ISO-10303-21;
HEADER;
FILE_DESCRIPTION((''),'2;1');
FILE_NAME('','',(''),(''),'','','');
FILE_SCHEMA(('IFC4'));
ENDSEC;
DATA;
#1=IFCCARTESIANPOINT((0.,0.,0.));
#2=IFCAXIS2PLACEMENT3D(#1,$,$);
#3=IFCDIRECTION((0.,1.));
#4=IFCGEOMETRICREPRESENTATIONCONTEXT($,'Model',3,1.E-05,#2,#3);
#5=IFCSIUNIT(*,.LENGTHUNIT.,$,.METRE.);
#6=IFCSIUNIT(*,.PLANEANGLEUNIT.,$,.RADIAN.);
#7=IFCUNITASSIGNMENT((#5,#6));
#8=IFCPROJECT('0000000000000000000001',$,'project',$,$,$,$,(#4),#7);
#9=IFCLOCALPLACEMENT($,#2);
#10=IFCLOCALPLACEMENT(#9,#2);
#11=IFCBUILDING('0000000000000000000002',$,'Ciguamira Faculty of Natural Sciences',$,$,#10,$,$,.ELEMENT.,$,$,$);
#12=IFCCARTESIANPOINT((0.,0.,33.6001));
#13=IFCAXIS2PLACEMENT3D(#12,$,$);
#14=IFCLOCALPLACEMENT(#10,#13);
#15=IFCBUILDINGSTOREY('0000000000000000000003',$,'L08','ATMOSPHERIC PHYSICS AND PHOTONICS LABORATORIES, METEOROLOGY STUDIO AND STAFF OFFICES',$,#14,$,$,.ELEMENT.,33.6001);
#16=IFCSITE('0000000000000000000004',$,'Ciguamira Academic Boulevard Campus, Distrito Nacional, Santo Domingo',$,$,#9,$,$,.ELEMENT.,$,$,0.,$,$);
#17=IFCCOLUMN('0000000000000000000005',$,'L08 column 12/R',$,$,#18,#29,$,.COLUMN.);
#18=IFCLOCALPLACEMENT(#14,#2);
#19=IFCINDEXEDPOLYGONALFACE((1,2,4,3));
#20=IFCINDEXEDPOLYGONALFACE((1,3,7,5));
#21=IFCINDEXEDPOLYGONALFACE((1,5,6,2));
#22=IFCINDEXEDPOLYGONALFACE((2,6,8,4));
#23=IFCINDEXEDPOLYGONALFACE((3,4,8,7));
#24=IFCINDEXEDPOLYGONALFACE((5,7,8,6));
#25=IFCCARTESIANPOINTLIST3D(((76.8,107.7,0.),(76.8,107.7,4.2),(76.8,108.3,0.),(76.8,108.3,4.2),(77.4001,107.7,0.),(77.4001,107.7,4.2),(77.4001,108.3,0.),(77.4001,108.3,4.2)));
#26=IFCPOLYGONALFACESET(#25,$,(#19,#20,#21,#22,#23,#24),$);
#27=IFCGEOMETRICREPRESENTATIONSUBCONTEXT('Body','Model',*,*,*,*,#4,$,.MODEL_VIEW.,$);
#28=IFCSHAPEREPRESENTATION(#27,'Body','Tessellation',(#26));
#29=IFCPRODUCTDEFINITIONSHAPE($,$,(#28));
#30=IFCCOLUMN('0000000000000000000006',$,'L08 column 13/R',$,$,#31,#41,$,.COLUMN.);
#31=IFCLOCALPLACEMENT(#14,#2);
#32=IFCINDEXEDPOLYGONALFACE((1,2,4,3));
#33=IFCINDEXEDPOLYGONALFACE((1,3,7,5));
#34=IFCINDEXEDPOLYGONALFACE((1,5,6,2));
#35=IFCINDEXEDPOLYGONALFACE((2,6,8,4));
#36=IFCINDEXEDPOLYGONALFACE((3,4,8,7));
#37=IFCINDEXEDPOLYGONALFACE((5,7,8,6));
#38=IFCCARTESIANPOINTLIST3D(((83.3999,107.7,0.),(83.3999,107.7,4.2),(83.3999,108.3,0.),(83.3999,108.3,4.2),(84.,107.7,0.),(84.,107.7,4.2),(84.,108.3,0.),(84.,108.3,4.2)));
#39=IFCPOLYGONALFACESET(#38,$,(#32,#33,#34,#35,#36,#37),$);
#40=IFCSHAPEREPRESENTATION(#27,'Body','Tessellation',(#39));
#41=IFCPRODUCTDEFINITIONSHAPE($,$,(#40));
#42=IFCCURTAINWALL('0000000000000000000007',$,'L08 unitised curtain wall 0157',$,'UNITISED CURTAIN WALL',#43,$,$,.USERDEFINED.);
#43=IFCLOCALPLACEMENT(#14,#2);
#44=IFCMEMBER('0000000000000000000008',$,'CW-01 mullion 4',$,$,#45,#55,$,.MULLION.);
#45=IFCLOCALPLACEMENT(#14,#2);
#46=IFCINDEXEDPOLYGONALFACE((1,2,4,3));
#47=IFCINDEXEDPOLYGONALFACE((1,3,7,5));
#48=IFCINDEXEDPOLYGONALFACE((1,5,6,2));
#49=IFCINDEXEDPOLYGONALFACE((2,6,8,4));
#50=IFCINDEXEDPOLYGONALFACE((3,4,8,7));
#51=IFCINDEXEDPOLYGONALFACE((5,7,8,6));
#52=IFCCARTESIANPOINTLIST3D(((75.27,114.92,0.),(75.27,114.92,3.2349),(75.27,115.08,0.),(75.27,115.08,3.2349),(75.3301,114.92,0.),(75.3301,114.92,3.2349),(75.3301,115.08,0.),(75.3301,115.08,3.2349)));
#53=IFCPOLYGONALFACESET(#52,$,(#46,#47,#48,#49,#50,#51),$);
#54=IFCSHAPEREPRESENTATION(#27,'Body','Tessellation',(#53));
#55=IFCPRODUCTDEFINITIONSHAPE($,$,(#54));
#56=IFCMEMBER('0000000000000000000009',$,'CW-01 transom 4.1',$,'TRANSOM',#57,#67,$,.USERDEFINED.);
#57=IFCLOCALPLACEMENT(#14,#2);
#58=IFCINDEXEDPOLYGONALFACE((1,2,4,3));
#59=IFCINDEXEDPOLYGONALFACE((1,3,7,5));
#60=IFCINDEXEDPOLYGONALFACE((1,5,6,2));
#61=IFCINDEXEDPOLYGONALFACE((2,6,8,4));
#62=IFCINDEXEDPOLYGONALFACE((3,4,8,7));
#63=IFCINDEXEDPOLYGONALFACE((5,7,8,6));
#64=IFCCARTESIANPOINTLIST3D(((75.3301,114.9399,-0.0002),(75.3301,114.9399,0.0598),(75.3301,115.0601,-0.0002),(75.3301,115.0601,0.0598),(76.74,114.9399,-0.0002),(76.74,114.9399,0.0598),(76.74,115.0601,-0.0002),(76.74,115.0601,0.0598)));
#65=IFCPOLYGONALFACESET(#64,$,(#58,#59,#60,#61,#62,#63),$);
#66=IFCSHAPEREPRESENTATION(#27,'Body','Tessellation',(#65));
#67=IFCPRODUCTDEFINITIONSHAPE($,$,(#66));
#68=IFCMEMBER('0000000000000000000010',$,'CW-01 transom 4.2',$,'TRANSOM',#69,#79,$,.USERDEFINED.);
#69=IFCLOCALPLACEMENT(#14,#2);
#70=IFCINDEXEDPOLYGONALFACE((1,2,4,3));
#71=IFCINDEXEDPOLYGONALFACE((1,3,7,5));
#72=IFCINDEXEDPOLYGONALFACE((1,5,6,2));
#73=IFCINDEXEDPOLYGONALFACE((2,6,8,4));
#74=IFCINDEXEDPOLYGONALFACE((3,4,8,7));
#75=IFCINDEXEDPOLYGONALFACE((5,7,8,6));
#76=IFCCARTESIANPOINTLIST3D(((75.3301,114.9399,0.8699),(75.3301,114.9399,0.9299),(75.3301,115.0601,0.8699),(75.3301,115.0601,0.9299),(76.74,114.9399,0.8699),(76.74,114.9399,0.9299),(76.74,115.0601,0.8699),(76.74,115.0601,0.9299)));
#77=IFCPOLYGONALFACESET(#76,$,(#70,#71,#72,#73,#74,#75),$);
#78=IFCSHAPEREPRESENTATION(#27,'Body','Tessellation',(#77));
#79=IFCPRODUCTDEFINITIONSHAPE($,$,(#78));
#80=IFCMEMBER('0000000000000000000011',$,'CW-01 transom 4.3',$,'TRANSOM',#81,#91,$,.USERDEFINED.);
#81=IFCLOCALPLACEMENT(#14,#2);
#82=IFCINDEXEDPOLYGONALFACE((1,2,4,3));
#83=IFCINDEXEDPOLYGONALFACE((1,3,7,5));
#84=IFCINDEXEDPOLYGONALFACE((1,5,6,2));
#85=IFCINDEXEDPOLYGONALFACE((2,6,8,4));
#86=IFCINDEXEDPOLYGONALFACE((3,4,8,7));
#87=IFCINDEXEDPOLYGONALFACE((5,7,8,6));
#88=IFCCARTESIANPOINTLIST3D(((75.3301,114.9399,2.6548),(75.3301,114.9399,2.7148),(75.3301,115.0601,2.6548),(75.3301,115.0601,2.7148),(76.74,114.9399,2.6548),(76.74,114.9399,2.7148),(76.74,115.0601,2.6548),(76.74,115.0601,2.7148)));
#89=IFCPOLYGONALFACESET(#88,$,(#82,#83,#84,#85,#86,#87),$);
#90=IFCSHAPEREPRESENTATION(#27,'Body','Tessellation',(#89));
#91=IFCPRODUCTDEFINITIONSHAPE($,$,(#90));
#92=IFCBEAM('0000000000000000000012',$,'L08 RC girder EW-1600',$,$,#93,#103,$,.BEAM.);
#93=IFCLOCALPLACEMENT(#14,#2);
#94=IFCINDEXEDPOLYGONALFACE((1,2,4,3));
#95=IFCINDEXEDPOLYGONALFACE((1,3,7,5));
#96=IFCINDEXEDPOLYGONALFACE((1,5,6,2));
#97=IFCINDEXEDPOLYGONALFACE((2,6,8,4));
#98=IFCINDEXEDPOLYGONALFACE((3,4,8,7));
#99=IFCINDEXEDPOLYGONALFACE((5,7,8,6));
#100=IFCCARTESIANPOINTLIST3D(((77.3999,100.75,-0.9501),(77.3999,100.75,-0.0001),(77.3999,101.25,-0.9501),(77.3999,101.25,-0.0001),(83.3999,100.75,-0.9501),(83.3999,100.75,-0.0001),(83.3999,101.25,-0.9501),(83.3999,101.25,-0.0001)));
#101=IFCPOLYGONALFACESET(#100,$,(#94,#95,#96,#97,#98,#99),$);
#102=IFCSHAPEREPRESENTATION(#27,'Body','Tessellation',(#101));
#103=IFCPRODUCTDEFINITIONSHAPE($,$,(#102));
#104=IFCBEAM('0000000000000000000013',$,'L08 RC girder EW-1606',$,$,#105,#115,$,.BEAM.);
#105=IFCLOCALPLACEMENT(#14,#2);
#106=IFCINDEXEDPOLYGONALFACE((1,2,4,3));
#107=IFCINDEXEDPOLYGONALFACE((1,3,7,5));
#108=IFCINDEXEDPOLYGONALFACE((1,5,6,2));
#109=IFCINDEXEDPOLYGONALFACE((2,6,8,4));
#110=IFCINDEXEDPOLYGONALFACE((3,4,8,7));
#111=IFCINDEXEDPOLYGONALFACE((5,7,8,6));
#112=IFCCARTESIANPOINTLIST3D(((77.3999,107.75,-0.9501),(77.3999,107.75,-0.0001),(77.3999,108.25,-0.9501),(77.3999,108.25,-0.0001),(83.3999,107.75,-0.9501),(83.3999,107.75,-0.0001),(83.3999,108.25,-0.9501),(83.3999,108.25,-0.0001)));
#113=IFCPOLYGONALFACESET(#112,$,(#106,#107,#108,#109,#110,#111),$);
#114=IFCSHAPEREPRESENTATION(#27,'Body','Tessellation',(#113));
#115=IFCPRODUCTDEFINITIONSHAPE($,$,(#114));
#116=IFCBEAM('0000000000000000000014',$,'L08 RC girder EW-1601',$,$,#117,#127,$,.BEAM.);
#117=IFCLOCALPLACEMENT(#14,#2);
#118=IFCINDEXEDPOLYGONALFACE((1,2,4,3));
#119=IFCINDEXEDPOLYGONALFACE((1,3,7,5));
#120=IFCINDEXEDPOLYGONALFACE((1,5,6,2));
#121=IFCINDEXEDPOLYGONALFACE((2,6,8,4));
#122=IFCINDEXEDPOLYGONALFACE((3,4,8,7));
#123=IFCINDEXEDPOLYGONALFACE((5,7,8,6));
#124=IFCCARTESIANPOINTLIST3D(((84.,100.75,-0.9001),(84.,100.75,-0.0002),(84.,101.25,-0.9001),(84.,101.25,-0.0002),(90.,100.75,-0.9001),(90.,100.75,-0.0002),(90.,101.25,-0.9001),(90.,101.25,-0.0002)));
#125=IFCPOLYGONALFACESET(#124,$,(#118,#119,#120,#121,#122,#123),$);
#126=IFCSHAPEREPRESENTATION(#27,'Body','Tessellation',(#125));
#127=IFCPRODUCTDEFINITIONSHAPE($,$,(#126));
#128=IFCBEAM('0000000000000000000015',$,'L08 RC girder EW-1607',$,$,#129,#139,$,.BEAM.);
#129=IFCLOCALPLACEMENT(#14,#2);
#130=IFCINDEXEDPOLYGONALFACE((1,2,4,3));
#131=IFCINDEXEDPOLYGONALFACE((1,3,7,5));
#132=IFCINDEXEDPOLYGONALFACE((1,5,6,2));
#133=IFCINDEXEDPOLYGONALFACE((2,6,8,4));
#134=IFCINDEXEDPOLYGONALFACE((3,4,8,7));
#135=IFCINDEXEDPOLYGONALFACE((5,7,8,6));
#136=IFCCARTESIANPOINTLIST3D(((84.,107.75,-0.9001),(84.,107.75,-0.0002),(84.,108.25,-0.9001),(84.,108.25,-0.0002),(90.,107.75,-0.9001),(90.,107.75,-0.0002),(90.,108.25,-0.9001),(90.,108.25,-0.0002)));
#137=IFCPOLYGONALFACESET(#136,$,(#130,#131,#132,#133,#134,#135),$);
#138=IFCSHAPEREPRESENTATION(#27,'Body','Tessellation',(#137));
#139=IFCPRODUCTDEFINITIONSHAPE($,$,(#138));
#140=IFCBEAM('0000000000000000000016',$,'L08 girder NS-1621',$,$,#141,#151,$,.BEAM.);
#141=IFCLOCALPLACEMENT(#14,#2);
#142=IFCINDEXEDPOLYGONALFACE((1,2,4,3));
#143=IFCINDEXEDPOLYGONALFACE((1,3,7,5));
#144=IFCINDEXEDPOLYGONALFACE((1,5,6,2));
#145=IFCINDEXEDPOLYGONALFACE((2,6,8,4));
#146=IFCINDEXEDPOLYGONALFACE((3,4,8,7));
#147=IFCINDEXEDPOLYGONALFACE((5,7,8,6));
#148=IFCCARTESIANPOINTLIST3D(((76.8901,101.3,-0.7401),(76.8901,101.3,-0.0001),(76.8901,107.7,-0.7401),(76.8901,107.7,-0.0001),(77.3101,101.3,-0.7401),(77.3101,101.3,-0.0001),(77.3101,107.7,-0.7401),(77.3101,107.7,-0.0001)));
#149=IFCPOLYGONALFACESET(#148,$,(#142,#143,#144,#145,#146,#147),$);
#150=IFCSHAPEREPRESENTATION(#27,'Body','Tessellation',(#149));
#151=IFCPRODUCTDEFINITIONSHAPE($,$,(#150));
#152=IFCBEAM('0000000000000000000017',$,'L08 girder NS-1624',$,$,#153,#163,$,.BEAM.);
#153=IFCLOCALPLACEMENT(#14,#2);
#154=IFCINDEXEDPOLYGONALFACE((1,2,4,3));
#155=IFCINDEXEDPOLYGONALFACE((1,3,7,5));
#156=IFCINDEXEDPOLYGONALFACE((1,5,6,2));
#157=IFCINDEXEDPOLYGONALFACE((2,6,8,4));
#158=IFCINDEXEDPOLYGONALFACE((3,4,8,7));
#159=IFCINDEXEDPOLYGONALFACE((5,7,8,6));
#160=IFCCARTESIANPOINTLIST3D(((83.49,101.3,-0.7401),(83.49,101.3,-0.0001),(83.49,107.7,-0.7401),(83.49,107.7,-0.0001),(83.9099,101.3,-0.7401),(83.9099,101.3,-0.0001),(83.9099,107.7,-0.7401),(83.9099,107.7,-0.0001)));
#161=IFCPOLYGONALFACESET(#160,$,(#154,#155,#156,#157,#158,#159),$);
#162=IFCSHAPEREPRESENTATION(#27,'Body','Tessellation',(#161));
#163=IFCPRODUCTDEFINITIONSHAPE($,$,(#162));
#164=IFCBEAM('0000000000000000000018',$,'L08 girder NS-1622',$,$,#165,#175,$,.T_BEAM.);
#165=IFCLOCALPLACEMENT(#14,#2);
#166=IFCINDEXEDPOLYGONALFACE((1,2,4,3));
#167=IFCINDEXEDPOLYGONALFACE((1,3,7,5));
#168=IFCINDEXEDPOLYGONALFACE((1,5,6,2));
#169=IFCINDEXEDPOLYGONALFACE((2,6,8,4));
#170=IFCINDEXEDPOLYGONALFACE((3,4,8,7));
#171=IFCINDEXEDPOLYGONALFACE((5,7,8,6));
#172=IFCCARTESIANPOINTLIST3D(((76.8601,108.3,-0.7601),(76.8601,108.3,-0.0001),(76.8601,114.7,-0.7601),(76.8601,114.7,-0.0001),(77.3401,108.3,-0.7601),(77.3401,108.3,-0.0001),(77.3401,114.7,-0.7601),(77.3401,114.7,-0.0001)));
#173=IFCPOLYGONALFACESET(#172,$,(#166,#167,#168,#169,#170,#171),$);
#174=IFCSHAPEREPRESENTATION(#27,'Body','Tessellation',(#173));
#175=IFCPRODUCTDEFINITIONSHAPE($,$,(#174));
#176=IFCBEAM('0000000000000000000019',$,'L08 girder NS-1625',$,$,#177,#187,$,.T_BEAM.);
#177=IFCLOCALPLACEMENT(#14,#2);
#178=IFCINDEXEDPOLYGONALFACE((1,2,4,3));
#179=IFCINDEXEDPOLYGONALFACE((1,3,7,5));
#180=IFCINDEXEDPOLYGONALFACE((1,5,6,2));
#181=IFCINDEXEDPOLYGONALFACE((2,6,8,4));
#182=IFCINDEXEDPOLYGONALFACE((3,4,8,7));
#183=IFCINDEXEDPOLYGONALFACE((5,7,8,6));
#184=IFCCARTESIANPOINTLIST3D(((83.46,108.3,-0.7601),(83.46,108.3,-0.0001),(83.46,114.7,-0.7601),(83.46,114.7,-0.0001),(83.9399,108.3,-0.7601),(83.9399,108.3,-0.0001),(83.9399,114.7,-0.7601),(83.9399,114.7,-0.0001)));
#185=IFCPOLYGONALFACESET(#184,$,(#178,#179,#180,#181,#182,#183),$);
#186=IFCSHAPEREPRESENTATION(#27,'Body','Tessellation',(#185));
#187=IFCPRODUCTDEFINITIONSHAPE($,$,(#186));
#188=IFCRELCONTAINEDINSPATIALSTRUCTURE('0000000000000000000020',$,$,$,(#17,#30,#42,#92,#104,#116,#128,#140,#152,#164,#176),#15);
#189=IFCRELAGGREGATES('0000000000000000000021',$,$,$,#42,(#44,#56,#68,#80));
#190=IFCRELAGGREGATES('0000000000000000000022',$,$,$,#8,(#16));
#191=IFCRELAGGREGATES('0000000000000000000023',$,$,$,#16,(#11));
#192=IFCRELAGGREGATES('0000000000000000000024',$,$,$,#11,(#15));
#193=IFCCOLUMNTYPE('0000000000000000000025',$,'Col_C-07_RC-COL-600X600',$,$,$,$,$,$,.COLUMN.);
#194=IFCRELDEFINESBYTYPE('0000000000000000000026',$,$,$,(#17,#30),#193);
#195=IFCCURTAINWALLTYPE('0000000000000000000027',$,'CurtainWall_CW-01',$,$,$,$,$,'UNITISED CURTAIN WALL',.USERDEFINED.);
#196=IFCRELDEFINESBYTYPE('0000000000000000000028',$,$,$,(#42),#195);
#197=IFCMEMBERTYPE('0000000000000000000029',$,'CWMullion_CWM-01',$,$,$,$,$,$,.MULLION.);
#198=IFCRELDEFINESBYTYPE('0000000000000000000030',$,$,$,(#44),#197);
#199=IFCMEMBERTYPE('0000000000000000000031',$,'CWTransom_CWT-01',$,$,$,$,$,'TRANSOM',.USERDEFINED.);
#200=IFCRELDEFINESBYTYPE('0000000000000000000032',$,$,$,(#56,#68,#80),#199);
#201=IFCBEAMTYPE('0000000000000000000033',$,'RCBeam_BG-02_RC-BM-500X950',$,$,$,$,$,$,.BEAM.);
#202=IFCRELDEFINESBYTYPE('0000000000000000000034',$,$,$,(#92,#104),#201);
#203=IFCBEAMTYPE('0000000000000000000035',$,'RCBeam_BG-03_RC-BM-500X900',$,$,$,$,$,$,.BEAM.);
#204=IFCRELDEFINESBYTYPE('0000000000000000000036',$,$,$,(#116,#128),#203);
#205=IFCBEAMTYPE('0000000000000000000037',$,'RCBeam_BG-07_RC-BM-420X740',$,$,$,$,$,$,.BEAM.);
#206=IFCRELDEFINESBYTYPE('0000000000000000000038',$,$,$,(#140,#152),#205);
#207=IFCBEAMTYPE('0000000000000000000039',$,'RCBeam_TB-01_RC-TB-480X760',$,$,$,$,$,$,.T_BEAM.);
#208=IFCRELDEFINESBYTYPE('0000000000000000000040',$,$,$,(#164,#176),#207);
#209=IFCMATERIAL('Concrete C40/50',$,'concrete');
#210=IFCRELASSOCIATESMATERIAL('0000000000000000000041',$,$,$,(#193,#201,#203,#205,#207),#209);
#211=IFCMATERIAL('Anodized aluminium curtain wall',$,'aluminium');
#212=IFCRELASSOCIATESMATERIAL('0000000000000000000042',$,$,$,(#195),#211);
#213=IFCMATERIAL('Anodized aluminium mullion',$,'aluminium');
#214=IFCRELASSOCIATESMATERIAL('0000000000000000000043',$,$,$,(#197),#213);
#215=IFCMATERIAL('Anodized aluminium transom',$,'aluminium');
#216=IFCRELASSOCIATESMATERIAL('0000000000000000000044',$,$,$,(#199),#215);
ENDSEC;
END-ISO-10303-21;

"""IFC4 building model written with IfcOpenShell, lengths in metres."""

from ifc_helpers import new_model, si_unit, direction, frame, origin, origin_2d, place, context, subcontext, project, spatial, rectangle, extrude, material, material_profile, profile_set, type_object, element, aggregate, save


model = new_model("IFC4")

# Units and contexts
model_context = context("Model", 3, precision=1e-05, world=origin(), true_north=direction((0.0, 1.0)))
body_context = subcontext(model_context, "Body", "Model", "MODEL_VIEW")
ifc_project = project(units=[si_unit("LENGTHUNIT", "METRE"), si_unit("PLANEANGLEUNIT", "RADIAN")], contexts=[model_context])

# Site, building, storey
site_placement = place(None, origin())
site = spatial("IfcSite", under=ifc_project, at=site_placement, Name="Ciguamira Academic Boulevard Campus, Distrito Nacional, Santo Domingo", CompositionType="ELEMENT", RefElevation=0.0)
building_placement = place(site_placement, origin())
building = spatial("IfcBuilding", under=site, at=building_placement, Name="Ciguamira Faculty of Natural Sciences", CompositionType="ELEMENT")
storey_placement = place(building_placement, frame((0.0, 0.0, 33.6001)))
storey = spatial("IfcBuildingStorey", under=building, at=storey_placement, Name="L08", Description="ATMOSPHERIC PHYSICS AND PHOTONICS LABORATORIES, METEOROLOGY STUDIO AND STAFF OFFICES", CompositionType="ELEMENT", Elevation=33.6001)

# Columns
ifc_material_1 = material(Name="Concrete C40/50", Category="concrete")
ifc_material_profile_1 = material_profile(ifc_material_1, rectangle(XDim=0.6001, YDim=0.6001, at=origin_2d()), Name="RC-COL-600X600")
ifc_profile_set_1 = profile_set([ifc_material_profile_1], Name="Concrete C40/50")
column_type = type_object("IfcColumnType", Name="Col_C-07_RC-COL-600X600", PredefinedType="COLUMN", material=ifc_profile_set_1)
for number, where, z_axis, x_axis, name in (
    (1, (77.1001, 108.0, 0.0), (0.0, 0.0, 1.0), (1.0, 0.0, 0.0), "L08 column 12/R"),
    (2, (83.7, 108.0, 0.0), (0.0, 0.0, 1.0), (1.0, 0.0, 0.0), "L08 column 13/R"),
):
    element("IfcColumn", number, at=place(storey_placement, frame(where, z_axis=z_axis, x_axis=x_axis)), inside=storey, type_object=column_type, Name=name, PredefinedType="COLUMN", context=body_context, shape_type="SweptSolid", body=[
        extrude(rectangle(XDim=0.6001, YDim=0.6001, at=origin_2d()), origin(), (0.0, 0.0, 1.0), 4.2),
    ])

# Curtain wall, members
ifc_material_2 = material(Name="Anodized aluminium curtain wall", Category="aluminium")
curtain_wall_type = type_object("IfcCurtainWallType", Name="CurtainWall_CW-01", ElementType="UNITISED CURTAIN WALL", PredefinedType="USERDEFINED", material=ifc_material_2)
curtain_wall_placement = place(storey_placement, origin())
curtain_wall = element("IfcCurtainWall", 3, at=curtain_wall_placement, inside=storey, type_object=curtain_wall_type, Name="L08 unitised curtain wall 0157", ObjectType="UNITISED CURTAIN WALL", PredefinedType="USERDEFINED")
ifc_material_3 = material(Name="Anodized aluminium mullion", Category="aluminium")
ifc_material_profile_2 = material_profile(ifc_material_3, rectangle(XDim=0.0601, YDim=0.1599, at=origin_2d()), Name="ALU-MUL-60X160")
ifc_profile_set_2 = profile_set([ifc_material_profile_2], Name="Anodized aluminium mullion")
member_type_1 = type_object("IfcMemberType", Name="CWMullion_CWM-01", PredefinedType="MULLION", material=ifc_profile_set_2)
member_1_placement = place(storey_placement, frame((75.3, 115.0, 0.0), z_axis=(0.0, 0.0, 1.0), x_axis=(1.0, 0.0, 0.0)))
member_1 = element("IfcMember", 4, at=member_1_placement, type_object=member_type_1, Name="CW-01 mullion 4", PredefinedType="MULLION", context=body_context, shape_type="SweptSolid", body=[
    extrude(rectangle(XDim=0.0601, YDim=0.1599, at=origin_2d()), origin(), (0.0, 0.0, 1.0), 3.2349),
])
ifc_material_4 = material(Name="Anodized aluminium transom", Category="aluminium")
ifc_material_profile_3 = material_profile(ifc_material_4, rectangle(XDim=0.0601, YDim=0.1201, at=origin_2d()), Name="ALU-TRN-60X120")
ifc_profile_set_3 = profile_set([ifc_material_profile_3], Name="Anodized aluminium transom")
member_type_2 = type_object("IfcMemberType", Name="CWTransom_CWT-01", ElementType="TRANSOM", PredefinedType="USERDEFINED", material=ifc_profile_set_3)
member_2_placement = place(storey_placement, frame((75.3301, 115.0, 0.0298), z_axis=(1.0, 0.0, 0.0), x_axis=(0.0, 0.0, 1.0)))
member_2 = element("IfcMember", 5, at=member_2_placement, type_object=member_type_2, Name="CW-01 transom 4.1", ObjectType="TRANSOM", PredefinedType="USERDEFINED", context=body_context, shape_type="SweptSolid", body=[
    extrude(rectangle(XDim=0.0601, YDim=0.1201, at=origin_2d()), origin(), (0.0, 0.0, 1.0), 1.4099),
])
member_3_placement = place(storey_placement, frame((75.3301, 115.0, 0.8999), z_axis=(1.0, 0.0, 0.0), x_axis=(0.0, 0.0, 1.0)))
member_3 = element("IfcMember", 6, at=member_3_placement, type_object=member_type_2, Name="CW-01 transom 4.2", ObjectType="TRANSOM", PredefinedType="USERDEFINED", context=body_context, shape_type="SweptSolid", body=[
    extrude(rectangle(XDim=0.0601, YDim=0.1201, at=origin_2d()), origin(), (0.0, 0.0, 1.0), 1.4099),
])
member_4_placement = place(storey_placement, frame((75.3301, 115.0, 2.6848), z_axis=(1.0, 0.0, 0.0), x_axis=(0.0, 0.0, 1.0)))
member_4 = element("IfcMember", 7, at=member_4_placement, type_object=member_type_2, Name="CW-01 transom 4.3", ObjectType="TRANSOM", PredefinedType="USERDEFINED", context=body_context, shape_type="SweptSolid", body=[
    extrude(rectangle(XDim=0.0601, YDim=0.1201, at=origin_2d()), origin(), (0.0, 0.0, 1.0), 1.4099),
])
aggregate(curtain_wall, [member_1, member_2, member_3, member_4])

# Beams
ifc_material_profile_4 = material_profile(ifc_material_1, rectangle(XDim=0.5, YDim=0.95, at=origin_2d()), Name="RC-BM-500X950")
ifc_profile_set_4 = profile_set([ifc_material_profile_4], Name="Concrete C40/50")
beam_type_1 = type_object("IfcBeamType", Name="RCBeam_BG-02_RC-BM-500X950", PredefinedType="BEAM", material=ifc_profile_set_4)
for number, where, z_axis, x_axis, name in (
    (8, (77.3999, 101.0, -0.4751), (1.0, 0.0, 0.0), (0.0, 1.0, 0.0), "L08 RC girder EW-1600"),
    (9, (77.3999, 108.0, -0.4751), (1.0, 0.0, 0.0), (0.0, 1.0, 0.0), "L08 RC girder EW-1606"),
):
    element("IfcBeam", number, at=place(storey_placement, frame(where, z_axis=z_axis, x_axis=x_axis)), inside=storey, type_object=beam_type_1, Name=name, PredefinedType="BEAM", context=body_context, shape_type="SweptSolid", body=[
        extrude(rectangle(XDim=0.5, YDim=0.95, at=origin_2d()), origin(), (0.0, 0.0, 1.0), 6.0),
    ])
ifc_material_profile_5 = material_profile(ifc_material_1, rectangle(XDim=0.5, YDim=0.8999, at=origin_2d()), Name="RC-BM-500X900")
ifc_profile_set_5 = profile_set([ifc_material_profile_5], Name="Concrete C40/50")
beam_type_2 = type_object("IfcBeamType", Name="RCBeam_BG-03_RC-BM-500X900", PredefinedType="BEAM", material=ifc_profile_set_5)
for number, where, z_axis, x_axis, name in (
    (10, (84.0, 101.0, -0.4502), (1.0, 0.0, 0.0), (0.0, 1.0, 0.0), "L08 RC girder EW-1601"),
    (11, (84.0, 108.0, -0.4502), (1.0, 0.0, 0.0), (0.0, 1.0, 0.0), "L08 RC girder EW-1607"),
):
    element("IfcBeam", number, at=place(storey_placement, frame(where, z_axis=z_axis, x_axis=x_axis)), inside=storey, type_object=beam_type_2, Name=name, PredefinedType="BEAM", context=body_context, shape_type="SweptSolid", body=[
        extrude(rectangle(XDim=0.5, YDim=0.8999, at=origin_2d()), origin(), (0.0, 0.0, 1.0), 6.0),
    ])
ifc_material_profile_6 = material_profile(ifc_material_1, rectangle(XDim=0.4199, YDim=0.74, at=origin_2d()), Name="RC-BM-420X740")
ifc_profile_set_6 = profile_set([ifc_material_profile_6], Name="Concrete C40/50")
beam_type_3 = type_object("IfcBeamType", Name="RCBeam_BG-07_RC-BM-420X740", PredefinedType="BEAM", material=ifc_profile_set_6)
for number, where, z_axis, x_axis, name in (
    (12, (77.1001, 101.3, -0.3701), (0.0, 1.0, 0.0), (-1.0, 0.0, 0.0), "L08 girder NS-1621"),
    (13, (83.7, 101.3, -0.3701), (0.0, 1.0, 0.0), (-1.0, 0.0, 0.0), "L08 girder NS-1624"),
):
    element("IfcBeam", number, at=place(storey_placement, frame(where, z_axis=z_axis, x_axis=x_axis)), inside=storey, type_object=beam_type_3, Name=name, PredefinedType="BEAM", context=body_context, shape_type="SweptSolid", body=[
        extrude(rectangle(XDim=0.4199, YDim=0.74, at=origin_2d()), origin(), (0.0, 0.0, 1.0), 6.3999),
    ])
ifc_material_profile_7 = material_profile(ifc_material_1, rectangle(XDim=0.48, YDim=0.76, at=origin_2d()), Name="RC-TB-480X760")
ifc_profile_set_7 = profile_set([ifc_material_profile_7], Name="Concrete C40/50")
beam_type_4 = type_object("IfcBeamType", Name="RCBeam_TB-01_RC-TB-480X760", PredefinedType="T_BEAM", material=ifc_profile_set_7)
for number, where, z_axis, x_axis, name in (
    (14, (77.1001, 108.3, -0.3801), (0.0, 1.0, 0.0), (-1.0, 0.0, 0.0), "L08 girder NS-1622"),
    (15, (83.7, 108.3, -0.3801), (0.0, 1.0, 0.0), (-1.0, 0.0, 0.0), "L08 girder NS-1625"),
):
    element("IfcBeam", number, at=place(storey_placement, frame(where, z_axis=z_axis, x_axis=x_axis)), inside=storey, type_object=beam_type_4, Name=name, PredefinedType="T_BEAM", context=body_context, shape_type="SweptSolid", body=[
        extrude(rectangle(XDim=0.48, YDim=0.76, at=origin_2d()), origin(), (0.0, 0.0, 1.0), 6.3999),
    ])

save(model, "model.ifc")
